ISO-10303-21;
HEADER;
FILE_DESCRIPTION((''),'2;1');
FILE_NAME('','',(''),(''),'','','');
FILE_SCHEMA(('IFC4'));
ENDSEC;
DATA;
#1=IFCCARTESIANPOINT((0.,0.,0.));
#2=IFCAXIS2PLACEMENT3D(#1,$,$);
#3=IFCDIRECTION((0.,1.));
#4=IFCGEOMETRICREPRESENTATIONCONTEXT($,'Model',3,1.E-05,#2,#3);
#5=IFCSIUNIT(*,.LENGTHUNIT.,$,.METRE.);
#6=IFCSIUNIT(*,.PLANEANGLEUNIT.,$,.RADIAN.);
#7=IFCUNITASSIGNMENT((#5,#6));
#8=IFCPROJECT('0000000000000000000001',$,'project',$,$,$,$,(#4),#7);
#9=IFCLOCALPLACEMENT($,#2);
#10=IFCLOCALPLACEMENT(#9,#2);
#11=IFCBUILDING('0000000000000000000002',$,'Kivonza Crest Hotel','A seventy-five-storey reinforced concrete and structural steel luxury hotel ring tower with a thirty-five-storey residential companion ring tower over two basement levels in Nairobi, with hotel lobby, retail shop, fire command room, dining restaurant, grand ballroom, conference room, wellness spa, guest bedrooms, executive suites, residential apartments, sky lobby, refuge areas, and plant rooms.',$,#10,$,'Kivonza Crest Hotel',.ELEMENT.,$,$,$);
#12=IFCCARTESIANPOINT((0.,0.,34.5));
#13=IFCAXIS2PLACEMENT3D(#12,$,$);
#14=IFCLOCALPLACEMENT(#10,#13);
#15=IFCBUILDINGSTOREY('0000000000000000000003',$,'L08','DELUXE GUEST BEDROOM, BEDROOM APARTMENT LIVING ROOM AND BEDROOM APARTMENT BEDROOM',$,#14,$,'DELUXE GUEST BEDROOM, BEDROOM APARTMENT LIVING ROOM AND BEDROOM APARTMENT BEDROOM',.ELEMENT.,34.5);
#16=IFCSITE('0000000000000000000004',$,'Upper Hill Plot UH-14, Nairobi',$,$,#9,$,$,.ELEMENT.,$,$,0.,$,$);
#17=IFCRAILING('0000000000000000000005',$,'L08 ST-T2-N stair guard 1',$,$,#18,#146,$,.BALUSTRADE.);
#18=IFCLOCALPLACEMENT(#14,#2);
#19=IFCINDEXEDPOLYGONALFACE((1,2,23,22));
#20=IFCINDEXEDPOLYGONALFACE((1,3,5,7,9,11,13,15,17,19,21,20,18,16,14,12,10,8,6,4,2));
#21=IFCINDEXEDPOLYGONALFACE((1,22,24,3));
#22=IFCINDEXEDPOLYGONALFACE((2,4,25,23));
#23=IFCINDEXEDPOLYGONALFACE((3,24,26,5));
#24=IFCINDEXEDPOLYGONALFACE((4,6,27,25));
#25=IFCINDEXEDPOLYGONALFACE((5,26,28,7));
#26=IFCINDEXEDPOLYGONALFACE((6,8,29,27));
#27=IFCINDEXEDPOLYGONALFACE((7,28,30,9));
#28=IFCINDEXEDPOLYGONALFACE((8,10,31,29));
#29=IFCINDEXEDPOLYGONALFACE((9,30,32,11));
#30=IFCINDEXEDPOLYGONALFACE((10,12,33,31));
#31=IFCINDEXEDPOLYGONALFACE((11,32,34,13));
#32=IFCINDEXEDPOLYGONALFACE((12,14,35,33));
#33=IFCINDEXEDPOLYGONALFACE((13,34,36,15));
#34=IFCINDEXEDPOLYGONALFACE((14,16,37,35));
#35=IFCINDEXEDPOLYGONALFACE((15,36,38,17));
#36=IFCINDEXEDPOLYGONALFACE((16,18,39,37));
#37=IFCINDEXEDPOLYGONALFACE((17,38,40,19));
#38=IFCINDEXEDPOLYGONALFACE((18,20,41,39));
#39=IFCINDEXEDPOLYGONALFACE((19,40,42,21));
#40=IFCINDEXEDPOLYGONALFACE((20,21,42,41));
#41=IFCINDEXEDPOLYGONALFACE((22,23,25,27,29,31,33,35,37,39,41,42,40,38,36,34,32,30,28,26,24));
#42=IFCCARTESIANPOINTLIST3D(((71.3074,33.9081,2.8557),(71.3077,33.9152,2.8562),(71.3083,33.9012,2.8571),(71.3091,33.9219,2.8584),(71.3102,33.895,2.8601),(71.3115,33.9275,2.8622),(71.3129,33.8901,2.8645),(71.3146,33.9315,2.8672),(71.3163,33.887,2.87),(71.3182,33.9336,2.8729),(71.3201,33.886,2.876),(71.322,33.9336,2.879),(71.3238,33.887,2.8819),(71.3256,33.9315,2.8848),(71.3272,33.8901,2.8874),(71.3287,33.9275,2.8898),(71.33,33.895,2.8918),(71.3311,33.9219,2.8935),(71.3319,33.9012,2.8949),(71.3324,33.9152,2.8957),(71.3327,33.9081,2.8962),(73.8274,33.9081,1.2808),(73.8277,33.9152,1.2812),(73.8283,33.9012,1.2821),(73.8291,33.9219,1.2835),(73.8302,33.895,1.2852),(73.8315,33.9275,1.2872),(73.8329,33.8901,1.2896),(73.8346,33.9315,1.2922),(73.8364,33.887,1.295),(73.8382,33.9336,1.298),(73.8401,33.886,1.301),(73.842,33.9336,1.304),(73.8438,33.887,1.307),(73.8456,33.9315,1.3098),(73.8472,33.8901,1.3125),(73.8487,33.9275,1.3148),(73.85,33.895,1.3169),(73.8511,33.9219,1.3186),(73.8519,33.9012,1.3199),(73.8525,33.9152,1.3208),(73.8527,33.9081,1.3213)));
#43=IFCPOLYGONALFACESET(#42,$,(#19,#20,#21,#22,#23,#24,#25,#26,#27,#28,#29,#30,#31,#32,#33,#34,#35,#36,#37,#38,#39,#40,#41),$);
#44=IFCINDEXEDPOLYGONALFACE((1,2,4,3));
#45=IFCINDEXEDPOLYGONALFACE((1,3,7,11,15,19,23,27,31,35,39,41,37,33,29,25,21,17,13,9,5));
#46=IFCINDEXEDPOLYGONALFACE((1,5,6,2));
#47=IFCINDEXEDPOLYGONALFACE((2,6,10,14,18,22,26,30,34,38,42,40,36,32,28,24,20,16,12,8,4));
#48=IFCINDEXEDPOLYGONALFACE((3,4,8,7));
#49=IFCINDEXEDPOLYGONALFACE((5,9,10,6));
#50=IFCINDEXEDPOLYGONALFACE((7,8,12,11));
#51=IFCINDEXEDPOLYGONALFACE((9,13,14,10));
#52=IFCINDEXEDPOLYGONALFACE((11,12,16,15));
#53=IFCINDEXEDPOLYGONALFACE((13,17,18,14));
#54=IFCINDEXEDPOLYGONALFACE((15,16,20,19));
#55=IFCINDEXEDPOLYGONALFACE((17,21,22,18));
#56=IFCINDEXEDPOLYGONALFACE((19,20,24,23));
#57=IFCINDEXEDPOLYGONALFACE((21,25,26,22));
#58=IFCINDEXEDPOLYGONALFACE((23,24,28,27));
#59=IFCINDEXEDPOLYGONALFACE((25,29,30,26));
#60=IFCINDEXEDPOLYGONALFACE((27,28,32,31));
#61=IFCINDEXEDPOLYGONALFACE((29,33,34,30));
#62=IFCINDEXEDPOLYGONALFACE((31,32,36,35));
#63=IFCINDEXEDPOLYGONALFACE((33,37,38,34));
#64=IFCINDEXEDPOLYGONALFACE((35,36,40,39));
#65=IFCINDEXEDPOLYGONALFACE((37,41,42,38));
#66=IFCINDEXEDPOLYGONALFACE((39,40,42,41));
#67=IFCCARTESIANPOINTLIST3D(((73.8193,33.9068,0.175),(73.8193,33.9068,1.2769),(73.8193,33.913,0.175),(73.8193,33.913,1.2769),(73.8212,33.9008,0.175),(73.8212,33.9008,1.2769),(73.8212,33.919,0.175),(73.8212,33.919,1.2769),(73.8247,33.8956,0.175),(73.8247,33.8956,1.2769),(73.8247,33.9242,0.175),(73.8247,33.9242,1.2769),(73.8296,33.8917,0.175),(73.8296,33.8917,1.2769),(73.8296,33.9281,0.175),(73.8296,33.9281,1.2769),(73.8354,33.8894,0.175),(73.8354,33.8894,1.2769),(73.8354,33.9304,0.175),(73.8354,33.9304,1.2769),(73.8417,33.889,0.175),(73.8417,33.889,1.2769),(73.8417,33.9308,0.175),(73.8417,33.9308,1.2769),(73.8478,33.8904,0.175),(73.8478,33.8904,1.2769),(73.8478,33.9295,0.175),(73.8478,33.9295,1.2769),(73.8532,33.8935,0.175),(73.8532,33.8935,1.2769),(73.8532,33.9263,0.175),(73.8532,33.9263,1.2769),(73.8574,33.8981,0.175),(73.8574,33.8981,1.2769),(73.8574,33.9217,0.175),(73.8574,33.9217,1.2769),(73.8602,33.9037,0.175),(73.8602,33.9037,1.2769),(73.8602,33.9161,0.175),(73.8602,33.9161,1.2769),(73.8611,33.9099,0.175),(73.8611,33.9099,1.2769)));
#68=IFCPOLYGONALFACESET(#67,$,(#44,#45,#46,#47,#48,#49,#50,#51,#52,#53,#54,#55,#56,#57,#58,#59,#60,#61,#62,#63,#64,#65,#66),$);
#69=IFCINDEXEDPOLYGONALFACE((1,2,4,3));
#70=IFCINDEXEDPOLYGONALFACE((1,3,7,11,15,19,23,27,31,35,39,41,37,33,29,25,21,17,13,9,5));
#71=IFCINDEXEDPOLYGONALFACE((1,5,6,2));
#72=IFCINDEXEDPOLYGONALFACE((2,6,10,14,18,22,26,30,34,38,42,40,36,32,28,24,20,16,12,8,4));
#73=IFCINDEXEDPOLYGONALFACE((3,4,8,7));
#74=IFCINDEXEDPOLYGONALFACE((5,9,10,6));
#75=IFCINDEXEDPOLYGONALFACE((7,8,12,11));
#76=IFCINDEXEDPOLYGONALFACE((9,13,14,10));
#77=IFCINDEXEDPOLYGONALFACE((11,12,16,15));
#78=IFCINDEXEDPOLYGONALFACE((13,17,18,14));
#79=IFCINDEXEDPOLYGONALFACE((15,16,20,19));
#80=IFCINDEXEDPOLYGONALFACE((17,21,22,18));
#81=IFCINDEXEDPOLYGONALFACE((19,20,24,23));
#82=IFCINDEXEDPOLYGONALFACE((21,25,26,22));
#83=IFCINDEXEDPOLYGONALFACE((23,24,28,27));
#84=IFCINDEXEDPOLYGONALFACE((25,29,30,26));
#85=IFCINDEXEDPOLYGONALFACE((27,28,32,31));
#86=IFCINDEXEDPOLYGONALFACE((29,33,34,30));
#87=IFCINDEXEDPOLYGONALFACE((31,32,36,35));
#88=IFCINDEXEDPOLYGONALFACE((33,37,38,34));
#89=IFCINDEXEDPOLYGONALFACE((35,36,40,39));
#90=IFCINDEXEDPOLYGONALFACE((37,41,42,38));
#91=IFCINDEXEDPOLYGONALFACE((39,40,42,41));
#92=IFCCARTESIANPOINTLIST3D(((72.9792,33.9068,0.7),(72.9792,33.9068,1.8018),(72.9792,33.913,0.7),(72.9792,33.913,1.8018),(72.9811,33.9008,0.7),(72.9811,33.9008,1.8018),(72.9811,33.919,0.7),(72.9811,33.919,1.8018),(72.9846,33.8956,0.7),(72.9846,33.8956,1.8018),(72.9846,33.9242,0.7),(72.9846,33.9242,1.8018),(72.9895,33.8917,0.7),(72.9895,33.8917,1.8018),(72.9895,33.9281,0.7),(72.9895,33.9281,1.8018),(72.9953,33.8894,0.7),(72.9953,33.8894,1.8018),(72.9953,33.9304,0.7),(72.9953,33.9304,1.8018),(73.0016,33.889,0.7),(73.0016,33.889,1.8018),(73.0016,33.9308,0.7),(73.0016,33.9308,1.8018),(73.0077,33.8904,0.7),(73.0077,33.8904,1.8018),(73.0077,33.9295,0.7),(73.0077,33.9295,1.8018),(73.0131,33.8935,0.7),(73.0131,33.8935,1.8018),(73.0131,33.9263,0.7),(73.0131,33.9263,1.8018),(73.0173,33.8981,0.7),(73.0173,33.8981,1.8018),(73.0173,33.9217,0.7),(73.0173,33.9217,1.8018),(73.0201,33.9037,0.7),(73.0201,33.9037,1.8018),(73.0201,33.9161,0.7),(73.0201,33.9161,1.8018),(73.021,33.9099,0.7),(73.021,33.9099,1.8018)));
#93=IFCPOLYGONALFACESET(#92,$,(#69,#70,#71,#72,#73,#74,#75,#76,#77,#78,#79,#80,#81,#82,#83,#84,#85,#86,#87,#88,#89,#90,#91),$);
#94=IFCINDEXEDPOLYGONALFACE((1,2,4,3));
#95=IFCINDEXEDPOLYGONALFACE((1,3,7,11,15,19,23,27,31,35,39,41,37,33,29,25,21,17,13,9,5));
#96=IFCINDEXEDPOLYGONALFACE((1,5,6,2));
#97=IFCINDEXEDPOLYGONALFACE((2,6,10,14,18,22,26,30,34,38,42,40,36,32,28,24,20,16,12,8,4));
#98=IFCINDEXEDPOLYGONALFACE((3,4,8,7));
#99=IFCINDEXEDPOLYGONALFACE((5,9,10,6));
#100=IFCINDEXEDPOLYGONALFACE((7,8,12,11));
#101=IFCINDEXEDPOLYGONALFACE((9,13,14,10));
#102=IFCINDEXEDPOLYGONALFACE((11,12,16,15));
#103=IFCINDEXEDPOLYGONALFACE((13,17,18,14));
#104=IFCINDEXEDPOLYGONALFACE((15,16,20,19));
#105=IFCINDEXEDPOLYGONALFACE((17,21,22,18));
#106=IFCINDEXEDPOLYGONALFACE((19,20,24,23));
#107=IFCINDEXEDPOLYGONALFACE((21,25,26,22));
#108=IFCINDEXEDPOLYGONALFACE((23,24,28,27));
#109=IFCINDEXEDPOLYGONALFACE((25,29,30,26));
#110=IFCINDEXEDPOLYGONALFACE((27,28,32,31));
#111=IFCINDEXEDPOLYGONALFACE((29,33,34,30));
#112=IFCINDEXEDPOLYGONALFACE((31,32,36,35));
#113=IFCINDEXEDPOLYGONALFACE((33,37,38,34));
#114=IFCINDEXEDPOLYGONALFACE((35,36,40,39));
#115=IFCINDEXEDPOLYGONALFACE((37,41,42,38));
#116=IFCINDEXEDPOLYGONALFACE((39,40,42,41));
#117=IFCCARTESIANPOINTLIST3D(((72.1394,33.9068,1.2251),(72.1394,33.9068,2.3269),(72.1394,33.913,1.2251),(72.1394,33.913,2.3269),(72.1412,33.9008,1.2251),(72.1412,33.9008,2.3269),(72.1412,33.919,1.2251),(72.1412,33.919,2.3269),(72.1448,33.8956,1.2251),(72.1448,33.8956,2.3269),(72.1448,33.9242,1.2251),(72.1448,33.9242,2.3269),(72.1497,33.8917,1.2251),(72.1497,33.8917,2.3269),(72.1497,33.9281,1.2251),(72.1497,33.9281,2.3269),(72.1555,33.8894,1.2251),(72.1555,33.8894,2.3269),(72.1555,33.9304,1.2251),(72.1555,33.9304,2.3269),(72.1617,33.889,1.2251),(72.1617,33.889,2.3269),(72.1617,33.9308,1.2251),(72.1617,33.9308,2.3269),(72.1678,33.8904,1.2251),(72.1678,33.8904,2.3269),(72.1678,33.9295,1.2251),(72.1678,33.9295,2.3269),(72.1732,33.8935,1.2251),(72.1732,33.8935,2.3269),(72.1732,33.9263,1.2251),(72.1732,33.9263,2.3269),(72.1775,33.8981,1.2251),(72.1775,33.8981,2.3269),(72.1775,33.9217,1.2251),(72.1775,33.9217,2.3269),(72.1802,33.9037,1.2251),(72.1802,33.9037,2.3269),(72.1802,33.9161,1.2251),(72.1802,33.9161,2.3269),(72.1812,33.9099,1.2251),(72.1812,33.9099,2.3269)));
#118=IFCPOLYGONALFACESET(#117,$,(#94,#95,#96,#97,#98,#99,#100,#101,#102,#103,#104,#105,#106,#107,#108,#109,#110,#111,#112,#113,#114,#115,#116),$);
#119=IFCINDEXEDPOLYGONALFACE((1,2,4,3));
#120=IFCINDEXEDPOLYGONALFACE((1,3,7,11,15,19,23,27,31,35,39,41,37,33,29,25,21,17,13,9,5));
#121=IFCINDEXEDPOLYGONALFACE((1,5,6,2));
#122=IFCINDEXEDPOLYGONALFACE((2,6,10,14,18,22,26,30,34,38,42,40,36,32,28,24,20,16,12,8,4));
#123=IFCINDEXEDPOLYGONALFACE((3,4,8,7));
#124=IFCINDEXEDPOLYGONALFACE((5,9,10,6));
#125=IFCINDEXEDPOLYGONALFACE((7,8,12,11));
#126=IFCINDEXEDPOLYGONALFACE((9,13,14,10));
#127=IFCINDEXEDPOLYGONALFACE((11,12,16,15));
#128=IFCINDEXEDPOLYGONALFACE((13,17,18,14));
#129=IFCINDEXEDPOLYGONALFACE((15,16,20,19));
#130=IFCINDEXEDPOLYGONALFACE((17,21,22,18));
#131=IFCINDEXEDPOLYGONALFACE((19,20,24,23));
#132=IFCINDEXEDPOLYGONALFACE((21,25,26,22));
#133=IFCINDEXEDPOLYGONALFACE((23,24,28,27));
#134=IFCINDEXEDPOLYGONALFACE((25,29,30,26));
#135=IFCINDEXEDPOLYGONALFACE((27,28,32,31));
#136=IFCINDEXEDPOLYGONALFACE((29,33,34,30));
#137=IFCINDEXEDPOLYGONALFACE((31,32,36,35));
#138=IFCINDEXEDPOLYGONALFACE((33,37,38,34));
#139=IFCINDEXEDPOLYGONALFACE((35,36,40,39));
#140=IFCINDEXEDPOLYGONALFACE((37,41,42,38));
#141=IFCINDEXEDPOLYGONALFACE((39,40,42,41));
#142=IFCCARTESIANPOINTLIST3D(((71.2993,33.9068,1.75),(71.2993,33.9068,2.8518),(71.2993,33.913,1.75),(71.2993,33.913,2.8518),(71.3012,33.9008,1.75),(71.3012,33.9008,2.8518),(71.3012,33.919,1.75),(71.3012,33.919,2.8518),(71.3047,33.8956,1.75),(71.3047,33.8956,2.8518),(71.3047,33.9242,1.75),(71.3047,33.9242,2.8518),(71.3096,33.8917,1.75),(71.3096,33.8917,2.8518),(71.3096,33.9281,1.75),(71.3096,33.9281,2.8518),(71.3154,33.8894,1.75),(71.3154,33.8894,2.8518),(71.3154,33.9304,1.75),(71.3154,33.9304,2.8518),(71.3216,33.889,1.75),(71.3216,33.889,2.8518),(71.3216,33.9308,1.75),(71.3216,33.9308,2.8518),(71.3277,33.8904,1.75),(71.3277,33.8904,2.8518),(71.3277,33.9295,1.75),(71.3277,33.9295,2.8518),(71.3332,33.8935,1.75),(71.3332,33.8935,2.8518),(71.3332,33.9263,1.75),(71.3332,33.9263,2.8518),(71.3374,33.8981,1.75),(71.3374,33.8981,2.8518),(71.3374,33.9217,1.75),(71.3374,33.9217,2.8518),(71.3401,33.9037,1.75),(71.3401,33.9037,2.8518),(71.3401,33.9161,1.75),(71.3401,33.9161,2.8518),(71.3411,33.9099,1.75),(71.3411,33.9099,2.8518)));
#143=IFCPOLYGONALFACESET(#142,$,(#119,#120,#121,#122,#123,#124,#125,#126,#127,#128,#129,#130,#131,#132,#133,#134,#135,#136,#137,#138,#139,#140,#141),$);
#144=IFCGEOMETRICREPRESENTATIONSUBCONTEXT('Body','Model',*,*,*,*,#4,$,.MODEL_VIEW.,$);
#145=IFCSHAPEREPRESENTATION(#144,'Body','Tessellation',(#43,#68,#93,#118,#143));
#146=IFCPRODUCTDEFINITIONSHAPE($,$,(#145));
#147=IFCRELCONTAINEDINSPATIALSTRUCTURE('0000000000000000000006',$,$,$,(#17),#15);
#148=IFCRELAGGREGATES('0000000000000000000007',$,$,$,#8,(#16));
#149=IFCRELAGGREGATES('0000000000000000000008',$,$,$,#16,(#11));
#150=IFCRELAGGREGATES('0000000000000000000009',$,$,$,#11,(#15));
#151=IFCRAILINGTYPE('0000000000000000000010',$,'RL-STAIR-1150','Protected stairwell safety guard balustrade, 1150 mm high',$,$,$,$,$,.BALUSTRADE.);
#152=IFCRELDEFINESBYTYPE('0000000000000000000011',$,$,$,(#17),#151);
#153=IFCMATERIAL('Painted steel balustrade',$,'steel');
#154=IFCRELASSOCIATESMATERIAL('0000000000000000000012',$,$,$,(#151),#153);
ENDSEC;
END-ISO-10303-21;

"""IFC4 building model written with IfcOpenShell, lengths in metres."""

from ifc_helpers import new_model, si_unit, direction, frame, origin, origin_2d, place, context, subcontext, project, spatial, circle, extrude, material, type_object, element, save


model = new_model("IFC4")

# Units and contexts
model_context = context("Model", 3, precision=1e-05, world=origin(), true_north=direction((0.0, 1.0)))
body_context = subcontext(model_context, "Body", "Model", "MODEL_VIEW")
ifc_project = project(units=[si_unit("LENGTHUNIT", "METRE"), si_unit("PLANEANGLEUNIT", "RADIAN")], contexts=[model_context])

# Site, building, storey
site_placement = place(None, origin())
site = spatial("IfcSite", under=ifc_project, at=site_placement, Name="Upper Hill Plot UH-14, Nairobi", CompositionType="ELEMENT", RefElevation=0.0)
building_placement = place(site_placement, origin())
building = spatial("IfcBuilding", under=site, at=building_placement, Name="Kivonza Crest Hotel", Description="A seventy-five-storey reinforced concrete and structural steel luxury hotel ring tower with a thirty-five-storey residential companion ring tower over two basement levels in Nairobi, with hotel lobby, retail shop, fire command room, dining restaurant, grand ballroom, conference room, wellness spa, guest bedrooms, executive suites, residential apartments, sky lobby, refuge areas, and plant rooms.", LongName="Kivonza Crest Hotel", CompositionType="ELEMENT")
storey_placement = place(building_placement, frame((0.0, 0.0, 34.5)))
storey = spatial("IfcBuildingStorey", under=building, at=storey_placement, Name="L08", Description="DELUXE GUEST BEDROOM, BEDROOM APARTMENT LIVING ROOM AND BEDROOM APARTMENT BEDROOM", LongName="DELUXE GUEST BEDROOM, BEDROOM APARTMENT LIVING ROOM AND BEDROOM APARTMENT BEDROOM", CompositionType="ELEMENT", Elevation=34.5)

# Railing
ifc_material_1 = material(Name="Painted steel balustrade", Category="steel")
railing_type_1 = type_object("IfcRailingType", Name="RL-STAIR-1150", Description="Protected stairwell safety guard balustrade, 1150 mm high", PredefinedType="BALUSTRADE", material=ifc_material_1)
railing_1_placement = place(storey_placement, frame((73.8401, 33.9099, 0.175)))
element("IfcRailing", 1, at=railing_1_placement, inside=storey, type_object=railing_type_1, Name="L08 ST-T2-N stair guard 1", PredefinedType="BALUSTRADE", context=body_context, shape_type="SweptSolid", body=[
    extrude(circle(Radius=0.0239, at=origin_2d()), frame((0.0, 0.0, 1.126), z_axis=(-0.848008, 0.0, 0.529984), x_axis=(0.0, -1.0, 0.0)), (0.0, 0.0, 1.0), 2.9717),
    extrude(circle(Radius=0.021, at=origin_2d()), origin(), (0.0, 0.0, 1.0), 1.1018),
    extrude(circle(Radius=0.021, at=origin_2d()), frame((-0.8401, 0.0, 0.5249)), (0.0, 0.0, 1.0), 1.1018),
    extrude(circle(Radius=0.021, at=origin_2d()), frame((-1.6799, 0.0, 1.05)), (0.0, 0.0, 1.0), 1.1018),
    extrude(circle(Radius=0.021, at=origin_2d()), frame((-2.52, 0.0, 1.575)), (0.0, 0.0, 1.0), 1.1018),
])

save(model, "model.ifc")
